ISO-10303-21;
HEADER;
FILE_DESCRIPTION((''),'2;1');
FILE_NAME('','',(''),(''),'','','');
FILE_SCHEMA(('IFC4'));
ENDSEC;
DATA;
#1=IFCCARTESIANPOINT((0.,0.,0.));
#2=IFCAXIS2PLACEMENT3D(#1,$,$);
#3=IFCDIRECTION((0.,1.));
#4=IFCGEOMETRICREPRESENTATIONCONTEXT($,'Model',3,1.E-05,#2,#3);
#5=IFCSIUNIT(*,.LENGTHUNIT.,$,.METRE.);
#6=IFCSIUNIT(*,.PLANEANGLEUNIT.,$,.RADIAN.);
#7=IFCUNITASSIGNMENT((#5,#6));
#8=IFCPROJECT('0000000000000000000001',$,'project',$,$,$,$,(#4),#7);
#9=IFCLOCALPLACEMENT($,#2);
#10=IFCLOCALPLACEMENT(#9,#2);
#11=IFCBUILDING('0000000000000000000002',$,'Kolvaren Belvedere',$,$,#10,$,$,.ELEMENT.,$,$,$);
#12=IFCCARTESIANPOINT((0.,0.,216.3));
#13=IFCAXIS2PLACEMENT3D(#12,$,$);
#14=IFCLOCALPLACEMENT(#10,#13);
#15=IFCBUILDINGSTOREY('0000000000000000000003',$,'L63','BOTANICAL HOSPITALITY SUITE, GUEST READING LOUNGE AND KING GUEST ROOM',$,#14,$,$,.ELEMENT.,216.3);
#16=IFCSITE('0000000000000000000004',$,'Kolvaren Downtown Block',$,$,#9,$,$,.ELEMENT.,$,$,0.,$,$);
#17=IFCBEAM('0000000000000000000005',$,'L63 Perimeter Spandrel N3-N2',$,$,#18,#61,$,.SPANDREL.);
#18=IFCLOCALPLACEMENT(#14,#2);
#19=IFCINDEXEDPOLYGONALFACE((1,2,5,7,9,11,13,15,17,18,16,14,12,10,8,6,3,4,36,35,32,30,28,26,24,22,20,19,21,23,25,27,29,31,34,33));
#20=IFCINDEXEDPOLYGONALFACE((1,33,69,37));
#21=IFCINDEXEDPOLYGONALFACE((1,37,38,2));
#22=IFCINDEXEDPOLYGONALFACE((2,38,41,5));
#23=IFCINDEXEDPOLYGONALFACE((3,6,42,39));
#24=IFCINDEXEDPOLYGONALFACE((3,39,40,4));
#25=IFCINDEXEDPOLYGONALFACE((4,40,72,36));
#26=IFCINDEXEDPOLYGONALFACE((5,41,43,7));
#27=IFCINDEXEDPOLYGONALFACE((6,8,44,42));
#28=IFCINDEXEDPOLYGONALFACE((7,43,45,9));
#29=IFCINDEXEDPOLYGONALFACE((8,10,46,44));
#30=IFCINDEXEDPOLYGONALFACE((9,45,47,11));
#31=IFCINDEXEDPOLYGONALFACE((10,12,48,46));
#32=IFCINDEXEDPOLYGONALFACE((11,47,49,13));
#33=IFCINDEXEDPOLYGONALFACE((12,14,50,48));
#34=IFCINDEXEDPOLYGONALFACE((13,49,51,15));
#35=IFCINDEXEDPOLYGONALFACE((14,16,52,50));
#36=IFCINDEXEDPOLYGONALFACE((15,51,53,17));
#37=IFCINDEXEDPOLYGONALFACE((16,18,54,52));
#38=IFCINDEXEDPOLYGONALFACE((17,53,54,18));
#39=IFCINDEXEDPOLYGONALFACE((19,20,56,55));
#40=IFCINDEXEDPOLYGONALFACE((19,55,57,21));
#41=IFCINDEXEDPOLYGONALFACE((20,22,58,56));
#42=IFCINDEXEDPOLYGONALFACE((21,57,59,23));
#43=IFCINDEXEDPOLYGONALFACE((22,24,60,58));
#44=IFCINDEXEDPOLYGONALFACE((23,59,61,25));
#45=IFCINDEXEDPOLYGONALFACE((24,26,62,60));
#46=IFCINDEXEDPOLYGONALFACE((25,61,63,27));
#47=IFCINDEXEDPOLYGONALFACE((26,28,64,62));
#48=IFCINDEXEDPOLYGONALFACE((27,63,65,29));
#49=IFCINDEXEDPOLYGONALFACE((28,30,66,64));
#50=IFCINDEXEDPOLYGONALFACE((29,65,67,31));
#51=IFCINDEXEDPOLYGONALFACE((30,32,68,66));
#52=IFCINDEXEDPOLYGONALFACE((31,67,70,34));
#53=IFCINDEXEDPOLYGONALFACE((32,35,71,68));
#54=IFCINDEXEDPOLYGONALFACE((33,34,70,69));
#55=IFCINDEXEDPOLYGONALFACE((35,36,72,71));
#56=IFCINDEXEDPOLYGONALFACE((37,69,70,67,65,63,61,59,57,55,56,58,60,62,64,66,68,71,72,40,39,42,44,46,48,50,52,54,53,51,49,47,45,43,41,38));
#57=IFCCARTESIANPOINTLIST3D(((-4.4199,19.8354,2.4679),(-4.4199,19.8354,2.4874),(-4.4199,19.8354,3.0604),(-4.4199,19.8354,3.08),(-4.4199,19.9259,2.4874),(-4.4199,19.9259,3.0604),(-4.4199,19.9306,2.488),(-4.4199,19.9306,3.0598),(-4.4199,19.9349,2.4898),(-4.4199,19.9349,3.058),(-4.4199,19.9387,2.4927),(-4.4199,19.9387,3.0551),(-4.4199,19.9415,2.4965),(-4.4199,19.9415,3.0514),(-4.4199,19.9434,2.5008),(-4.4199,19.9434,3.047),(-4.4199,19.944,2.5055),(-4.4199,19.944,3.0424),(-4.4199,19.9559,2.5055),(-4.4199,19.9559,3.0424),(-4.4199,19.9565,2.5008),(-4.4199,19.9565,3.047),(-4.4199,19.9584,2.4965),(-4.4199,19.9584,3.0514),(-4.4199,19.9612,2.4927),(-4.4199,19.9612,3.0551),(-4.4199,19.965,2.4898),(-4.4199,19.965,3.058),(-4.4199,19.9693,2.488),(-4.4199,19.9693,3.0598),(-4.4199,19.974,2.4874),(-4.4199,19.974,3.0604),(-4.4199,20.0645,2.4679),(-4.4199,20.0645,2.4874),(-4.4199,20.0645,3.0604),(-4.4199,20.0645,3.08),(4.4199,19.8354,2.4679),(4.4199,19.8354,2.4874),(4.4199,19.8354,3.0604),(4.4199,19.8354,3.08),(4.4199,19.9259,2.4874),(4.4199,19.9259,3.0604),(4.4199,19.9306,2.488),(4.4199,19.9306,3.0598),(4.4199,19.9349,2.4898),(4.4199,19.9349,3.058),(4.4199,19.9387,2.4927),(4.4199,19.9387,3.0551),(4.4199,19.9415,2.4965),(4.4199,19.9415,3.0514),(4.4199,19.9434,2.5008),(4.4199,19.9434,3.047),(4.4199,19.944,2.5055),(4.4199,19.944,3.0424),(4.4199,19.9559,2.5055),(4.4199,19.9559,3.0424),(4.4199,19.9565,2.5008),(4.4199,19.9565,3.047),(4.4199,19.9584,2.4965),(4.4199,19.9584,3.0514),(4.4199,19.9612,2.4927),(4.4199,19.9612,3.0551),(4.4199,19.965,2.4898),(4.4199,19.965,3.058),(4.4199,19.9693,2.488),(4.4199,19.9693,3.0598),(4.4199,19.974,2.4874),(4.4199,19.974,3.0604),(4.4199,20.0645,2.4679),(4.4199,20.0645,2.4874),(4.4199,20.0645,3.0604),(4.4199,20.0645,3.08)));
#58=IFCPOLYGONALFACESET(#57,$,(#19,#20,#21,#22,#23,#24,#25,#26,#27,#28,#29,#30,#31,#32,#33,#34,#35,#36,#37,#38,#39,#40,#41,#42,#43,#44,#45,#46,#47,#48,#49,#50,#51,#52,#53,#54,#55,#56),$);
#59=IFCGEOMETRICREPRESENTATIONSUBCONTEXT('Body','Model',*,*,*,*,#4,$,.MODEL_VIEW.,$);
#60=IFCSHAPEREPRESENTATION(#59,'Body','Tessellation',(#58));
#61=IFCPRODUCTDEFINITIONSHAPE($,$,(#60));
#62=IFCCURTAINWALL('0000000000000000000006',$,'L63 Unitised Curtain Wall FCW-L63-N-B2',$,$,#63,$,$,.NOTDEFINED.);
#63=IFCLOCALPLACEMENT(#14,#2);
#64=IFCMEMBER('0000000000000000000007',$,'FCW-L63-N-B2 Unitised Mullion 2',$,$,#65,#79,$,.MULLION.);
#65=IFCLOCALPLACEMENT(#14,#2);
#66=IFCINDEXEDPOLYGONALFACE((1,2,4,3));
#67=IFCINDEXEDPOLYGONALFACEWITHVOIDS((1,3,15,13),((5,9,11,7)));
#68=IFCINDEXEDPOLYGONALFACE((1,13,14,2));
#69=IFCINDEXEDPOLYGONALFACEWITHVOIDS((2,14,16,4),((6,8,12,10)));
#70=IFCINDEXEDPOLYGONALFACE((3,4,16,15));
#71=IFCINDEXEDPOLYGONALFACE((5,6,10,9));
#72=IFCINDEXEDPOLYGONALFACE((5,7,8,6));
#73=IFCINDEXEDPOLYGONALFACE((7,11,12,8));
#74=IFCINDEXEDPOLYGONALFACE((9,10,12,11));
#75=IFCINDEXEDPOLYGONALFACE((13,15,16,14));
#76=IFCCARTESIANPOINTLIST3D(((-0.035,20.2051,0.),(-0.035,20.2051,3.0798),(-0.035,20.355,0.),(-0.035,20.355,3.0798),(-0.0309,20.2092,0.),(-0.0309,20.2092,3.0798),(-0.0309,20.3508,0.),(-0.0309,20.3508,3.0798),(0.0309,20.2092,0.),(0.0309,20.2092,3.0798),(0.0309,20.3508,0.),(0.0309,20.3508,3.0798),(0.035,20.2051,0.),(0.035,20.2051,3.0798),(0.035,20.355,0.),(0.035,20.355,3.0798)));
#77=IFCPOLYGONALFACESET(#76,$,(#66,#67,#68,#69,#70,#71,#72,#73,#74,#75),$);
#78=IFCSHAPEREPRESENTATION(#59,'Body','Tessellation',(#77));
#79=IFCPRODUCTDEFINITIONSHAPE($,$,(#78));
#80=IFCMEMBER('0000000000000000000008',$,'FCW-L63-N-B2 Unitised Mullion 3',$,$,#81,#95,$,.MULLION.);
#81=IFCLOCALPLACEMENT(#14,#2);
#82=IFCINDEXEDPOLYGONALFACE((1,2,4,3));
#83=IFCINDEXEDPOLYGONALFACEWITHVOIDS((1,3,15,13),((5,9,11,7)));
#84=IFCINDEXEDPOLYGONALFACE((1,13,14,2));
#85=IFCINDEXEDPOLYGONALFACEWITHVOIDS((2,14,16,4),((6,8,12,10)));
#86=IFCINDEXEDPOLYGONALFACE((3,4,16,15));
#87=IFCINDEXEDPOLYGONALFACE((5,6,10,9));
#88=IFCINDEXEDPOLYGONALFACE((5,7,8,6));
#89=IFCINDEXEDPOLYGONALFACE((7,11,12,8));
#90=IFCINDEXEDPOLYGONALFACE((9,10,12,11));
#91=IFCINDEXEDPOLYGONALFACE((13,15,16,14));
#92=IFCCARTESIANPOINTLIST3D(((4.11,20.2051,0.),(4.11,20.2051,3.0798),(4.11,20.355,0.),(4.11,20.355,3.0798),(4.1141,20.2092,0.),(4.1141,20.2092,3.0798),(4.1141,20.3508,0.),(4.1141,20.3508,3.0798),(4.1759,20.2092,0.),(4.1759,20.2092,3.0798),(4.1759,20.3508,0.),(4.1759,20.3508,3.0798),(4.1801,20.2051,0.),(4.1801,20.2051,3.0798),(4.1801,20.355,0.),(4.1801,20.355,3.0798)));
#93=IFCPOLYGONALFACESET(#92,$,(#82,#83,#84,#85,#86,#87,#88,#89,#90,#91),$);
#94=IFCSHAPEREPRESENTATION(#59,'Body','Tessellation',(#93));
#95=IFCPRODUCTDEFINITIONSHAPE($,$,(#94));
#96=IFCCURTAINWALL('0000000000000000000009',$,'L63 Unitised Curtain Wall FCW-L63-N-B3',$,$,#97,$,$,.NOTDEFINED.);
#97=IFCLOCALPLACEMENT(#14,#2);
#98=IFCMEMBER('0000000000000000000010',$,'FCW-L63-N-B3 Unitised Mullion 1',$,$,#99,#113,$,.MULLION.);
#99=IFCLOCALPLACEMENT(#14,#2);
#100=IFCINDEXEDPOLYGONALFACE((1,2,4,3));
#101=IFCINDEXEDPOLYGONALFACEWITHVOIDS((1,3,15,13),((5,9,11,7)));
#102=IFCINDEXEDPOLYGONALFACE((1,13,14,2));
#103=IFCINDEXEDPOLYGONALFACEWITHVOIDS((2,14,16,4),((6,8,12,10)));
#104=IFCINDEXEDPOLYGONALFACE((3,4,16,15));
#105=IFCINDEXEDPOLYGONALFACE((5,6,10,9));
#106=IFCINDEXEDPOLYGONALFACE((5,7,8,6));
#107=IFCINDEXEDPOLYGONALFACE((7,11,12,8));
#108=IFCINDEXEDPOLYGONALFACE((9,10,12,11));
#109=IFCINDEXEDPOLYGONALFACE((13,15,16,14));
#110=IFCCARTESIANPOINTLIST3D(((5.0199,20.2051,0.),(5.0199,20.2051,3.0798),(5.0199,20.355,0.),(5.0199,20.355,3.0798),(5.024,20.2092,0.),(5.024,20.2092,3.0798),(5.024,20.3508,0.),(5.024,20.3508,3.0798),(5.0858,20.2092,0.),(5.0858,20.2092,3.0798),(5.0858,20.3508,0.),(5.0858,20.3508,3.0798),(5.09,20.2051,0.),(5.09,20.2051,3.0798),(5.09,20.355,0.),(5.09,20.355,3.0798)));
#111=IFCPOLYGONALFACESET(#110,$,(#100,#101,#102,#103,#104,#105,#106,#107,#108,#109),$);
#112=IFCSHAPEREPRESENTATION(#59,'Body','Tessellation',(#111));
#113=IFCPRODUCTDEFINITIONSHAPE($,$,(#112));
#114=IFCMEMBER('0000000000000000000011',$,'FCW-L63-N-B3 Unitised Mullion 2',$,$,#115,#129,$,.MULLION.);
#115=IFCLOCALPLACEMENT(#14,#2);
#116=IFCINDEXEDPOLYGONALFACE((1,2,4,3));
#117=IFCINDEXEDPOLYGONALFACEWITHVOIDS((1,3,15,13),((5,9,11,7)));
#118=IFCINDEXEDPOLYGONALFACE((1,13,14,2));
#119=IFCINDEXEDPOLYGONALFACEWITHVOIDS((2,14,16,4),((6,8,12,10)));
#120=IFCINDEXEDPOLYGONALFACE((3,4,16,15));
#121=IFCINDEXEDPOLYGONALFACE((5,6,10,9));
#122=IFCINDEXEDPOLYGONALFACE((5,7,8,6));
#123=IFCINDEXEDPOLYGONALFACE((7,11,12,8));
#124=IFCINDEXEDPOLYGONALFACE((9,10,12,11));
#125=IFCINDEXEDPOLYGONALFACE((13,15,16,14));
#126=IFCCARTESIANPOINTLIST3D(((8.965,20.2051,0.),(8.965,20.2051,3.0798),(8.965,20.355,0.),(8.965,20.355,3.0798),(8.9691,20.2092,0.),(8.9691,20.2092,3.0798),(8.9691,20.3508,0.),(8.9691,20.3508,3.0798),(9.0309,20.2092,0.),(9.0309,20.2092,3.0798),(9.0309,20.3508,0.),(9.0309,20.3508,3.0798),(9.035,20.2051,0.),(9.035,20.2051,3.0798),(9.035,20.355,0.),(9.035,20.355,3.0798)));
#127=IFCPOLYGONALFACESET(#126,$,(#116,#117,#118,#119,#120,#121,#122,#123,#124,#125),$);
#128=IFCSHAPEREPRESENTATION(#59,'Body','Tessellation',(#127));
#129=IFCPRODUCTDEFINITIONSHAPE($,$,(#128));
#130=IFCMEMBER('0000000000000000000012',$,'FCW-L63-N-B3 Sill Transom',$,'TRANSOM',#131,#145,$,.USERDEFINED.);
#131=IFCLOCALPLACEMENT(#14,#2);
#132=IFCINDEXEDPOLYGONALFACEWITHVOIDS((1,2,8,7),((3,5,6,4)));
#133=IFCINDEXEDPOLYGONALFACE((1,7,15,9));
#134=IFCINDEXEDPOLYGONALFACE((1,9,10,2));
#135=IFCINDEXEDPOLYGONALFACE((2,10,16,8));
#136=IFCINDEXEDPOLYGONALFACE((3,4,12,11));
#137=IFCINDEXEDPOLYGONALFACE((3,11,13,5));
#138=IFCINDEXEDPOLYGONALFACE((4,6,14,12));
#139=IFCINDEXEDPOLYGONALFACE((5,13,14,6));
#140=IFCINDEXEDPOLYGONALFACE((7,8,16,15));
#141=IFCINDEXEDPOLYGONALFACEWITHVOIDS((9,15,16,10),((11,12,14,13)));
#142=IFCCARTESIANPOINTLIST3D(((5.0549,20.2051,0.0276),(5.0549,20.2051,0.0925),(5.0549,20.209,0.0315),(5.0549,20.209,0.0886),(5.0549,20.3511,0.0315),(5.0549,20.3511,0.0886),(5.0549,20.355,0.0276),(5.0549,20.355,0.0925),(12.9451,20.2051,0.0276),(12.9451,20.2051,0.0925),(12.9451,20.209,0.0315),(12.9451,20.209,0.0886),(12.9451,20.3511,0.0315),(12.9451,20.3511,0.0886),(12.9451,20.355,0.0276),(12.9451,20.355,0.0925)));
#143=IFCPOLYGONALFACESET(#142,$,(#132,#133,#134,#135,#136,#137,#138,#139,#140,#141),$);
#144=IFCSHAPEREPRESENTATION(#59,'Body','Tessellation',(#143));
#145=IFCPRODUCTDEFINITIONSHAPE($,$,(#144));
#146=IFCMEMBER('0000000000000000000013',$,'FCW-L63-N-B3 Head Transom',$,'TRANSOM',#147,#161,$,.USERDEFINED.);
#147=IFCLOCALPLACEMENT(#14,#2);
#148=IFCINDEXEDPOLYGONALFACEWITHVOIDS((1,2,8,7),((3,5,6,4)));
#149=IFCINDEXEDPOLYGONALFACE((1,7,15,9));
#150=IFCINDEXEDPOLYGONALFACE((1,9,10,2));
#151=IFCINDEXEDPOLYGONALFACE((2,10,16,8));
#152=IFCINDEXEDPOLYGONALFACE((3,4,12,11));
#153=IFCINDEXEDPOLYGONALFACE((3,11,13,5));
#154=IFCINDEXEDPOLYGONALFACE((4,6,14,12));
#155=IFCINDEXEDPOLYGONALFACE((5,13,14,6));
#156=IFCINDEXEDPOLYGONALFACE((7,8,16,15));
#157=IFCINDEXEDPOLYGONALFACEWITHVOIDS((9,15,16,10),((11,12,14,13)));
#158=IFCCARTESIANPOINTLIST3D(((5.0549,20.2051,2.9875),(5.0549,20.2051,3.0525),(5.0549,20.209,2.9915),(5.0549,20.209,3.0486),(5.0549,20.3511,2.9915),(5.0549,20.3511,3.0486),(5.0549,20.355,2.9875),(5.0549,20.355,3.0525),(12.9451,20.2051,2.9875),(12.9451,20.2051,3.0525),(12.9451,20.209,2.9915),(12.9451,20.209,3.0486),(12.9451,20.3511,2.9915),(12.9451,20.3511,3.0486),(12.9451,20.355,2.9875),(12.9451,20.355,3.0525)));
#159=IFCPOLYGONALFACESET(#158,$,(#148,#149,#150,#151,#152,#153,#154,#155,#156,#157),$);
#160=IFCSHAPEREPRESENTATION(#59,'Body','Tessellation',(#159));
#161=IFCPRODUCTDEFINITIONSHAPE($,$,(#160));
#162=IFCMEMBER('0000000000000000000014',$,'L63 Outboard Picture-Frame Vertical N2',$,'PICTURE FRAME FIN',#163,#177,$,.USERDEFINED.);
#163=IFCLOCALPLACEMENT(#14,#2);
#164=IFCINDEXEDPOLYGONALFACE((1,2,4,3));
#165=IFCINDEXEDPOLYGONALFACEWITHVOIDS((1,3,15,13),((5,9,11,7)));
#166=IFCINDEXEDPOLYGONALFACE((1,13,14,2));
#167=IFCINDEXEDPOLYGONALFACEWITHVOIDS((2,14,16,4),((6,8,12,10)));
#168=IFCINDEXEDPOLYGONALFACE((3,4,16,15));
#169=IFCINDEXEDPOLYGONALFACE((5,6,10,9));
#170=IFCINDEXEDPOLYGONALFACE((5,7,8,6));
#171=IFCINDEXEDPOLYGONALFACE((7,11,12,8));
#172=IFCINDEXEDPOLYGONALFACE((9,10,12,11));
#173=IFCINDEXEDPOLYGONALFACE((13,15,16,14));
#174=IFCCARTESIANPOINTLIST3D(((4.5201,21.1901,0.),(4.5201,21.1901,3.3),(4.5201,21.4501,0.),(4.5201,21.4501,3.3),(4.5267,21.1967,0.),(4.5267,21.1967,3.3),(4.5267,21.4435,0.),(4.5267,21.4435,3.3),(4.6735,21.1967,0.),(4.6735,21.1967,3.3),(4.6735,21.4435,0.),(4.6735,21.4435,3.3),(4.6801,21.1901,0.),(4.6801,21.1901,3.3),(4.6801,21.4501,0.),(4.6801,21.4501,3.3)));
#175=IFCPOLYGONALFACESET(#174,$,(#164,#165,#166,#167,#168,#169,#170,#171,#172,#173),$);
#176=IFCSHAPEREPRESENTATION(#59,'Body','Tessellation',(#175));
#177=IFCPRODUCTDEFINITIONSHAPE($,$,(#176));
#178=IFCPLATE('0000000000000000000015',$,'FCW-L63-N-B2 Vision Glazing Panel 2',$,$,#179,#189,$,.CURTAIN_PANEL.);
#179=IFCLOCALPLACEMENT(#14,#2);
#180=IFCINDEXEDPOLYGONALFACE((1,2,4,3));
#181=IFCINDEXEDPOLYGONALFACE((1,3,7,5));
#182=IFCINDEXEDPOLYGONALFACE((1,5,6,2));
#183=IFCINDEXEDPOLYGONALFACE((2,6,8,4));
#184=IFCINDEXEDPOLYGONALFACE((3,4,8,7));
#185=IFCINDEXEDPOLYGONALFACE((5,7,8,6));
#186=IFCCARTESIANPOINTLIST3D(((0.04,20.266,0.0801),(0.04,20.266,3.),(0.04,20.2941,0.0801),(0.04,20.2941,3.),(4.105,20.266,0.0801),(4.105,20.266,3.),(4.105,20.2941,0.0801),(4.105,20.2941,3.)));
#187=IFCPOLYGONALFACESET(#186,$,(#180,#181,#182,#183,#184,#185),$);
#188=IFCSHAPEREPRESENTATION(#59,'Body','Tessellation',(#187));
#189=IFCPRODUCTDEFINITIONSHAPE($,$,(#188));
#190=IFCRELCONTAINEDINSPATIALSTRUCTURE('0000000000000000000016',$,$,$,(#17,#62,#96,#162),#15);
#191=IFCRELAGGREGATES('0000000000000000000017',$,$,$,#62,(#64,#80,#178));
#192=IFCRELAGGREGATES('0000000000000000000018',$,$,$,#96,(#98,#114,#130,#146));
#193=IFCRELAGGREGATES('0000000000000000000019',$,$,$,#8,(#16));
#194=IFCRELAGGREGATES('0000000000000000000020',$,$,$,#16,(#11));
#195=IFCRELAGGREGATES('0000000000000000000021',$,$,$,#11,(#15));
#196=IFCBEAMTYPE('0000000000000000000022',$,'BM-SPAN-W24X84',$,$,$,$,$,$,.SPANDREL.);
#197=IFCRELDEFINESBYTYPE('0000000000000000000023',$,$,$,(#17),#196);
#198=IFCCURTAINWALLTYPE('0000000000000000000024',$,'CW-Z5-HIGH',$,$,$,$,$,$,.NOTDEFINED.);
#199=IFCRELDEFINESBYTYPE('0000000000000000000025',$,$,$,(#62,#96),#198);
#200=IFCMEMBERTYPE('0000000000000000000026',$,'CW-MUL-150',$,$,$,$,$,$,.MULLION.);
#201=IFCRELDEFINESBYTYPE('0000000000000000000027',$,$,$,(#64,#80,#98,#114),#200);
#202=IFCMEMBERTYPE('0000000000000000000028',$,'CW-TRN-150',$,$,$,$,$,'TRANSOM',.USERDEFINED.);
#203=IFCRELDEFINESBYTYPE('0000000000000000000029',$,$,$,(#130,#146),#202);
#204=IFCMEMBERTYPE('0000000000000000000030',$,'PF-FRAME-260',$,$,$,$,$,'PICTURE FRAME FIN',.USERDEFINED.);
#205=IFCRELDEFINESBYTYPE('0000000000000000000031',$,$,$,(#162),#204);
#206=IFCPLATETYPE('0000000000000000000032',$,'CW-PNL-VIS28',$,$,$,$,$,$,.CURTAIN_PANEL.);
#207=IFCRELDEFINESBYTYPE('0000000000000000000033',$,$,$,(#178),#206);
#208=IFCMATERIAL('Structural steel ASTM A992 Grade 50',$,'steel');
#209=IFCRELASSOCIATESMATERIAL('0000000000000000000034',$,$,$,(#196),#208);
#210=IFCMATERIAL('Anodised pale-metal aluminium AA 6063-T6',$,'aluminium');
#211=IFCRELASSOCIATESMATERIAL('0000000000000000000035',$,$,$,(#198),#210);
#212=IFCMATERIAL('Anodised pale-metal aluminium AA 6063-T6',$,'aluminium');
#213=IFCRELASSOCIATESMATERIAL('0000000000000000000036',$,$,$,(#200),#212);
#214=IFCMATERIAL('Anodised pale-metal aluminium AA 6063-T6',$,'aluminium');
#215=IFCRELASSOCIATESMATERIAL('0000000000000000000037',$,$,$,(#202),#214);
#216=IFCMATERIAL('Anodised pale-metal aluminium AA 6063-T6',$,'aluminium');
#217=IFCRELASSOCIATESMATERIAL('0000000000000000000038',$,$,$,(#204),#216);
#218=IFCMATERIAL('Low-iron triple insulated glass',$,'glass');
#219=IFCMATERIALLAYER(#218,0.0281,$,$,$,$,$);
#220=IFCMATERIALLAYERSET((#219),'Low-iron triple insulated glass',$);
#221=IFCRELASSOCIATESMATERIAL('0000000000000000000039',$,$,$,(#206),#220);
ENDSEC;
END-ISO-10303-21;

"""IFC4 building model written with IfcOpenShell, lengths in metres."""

from ifc_helpers import new_model, si_unit, direction, frame, origin, origin_2d, place, context, subcontext, project, spatial, rectangle, hollow_rectangle, i_section, extrude, material, layer, layer_set, material_profile, profile_set, type_object, element, aggregate, save


model = new_model("IFC4")

# Units and contexts
model_context = context("Model", 3, precision=1e-05, world=origin(), true_north=direction((0.0, 1.0)))
body_context = subcontext(model_context, "Body", "Model", "MODEL_VIEW")
ifc_project = project(units=[si_unit("LENGTHUNIT", "METRE"), si_unit("PLANEANGLEUNIT", "RADIAN")], contexts=[model_context])

# Site, building, storey
site_placement = place(None, origin())
site = spatial("IfcSite", under=ifc_project, at=site_placement, Name="Kolvaren Downtown Block", CompositionType="ELEMENT", RefElevation=0.0)
building_placement = place(site_placement, origin())
building = spatial("IfcBuilding", under=site, at=building_placement, Name="Kolvaren Belvedere", CompositionType="ELEMENT")
storey_placement = place(building_placement, frame((0.0, 0.0, 216.3)))
storey = spatial("IfcBuildingStorey", under=building, at=storey_placement, Name="L63", Description="BOTANICAL HOSPITALITY SUITE, GUEST READING LOUNGE AND KING GUEST ROOM", CompositionType="ELEMENT", Elevation=216.3)

# Beam
ifc_material_1 = material(Name="Structural steel ASTM A992 Grade 50", Category="steel")
ifc_material_profile_1 = material_profile(ifc_material_1, i_section(OverallWidth=0.229, OverallDepth=0.6121, WebThickness=0.012, FlangeThickness=0.0195, FilletRadius=0.0181, at=origin_2d()), Name="W24X84")
ifc_profile_set_1 = profile_set([ifc_material_profile_1], Name="Structural steel ASTM A992 Grade 50")
beam_type_1 = type_object("IfcBeamType", Name="BM-SPAN-W24X84", PredefinedType="SPANDREL", material=ifc_profile_set_1)
beam_1_placement = place(storey_placement, frame((4.4199, 19.95, 2.7739), z_axis=(-1.0, 0.0, 0.0), x_axis=(0.0, -1.0, 0.0)))
element("IfcBeam", 1, at=beam_1_placement, inside=storey, type_object=beam_type_1, Name="L63 Perimeter Spandrel N3-N2", PredefinedType="SPANDREL", context=body_context, shape_type="SweptSolid", body=[
    extrude(i_section(OverallWidth=0.229, OverallDepth=0.6121, WebThickness=0.012, FlangeThickness=0.0195, FilletRadius=0.0181, at=origin_2d()), origin(), (0.0, 0.0, 1.0), 8.8398),
])

# Curtain walls, members
ifc_material_2 = material(Name="Anodised pale-metal aluminium AA 6063-T6", Category="aluminium")
curtain_wall_type = type_object("IfcCurtainWallType", Name="CW-Z5-HIGH", PredefinedType="NOTDEFINED", material=ifc_material_2)
curtain_wall_1_placement = place(storey_placement, origin())
curtain_wall_1 = element("IfcCurtainWall", 2, at=curtain_wall_1_placement, inside=storey, type_object=curtain_wall_type, Name="L63 Unitised Curtain Wall FCW-L63-N-B2", PredefinedType="NOTDEFINED")
ifc_material_3 = material(Name="Anodised pale-metal aluminium AA 6063-T6", Category="aluminium")
ifc_material_profile_2 = material_profile(ifc_material_3, hollow_rectangle(XDim=0.0701, YDim=0.1499, WallThickness=0.0042, at=origin_2d()), Name="ALU-MUL-150X70")
ifc_profile_set_2 = profile_set([ifc_material_profile_2], Name="Anodised pale-metal aluminium AA 6063-T6")
member_type_1 = type_object("IfcMemberType", Name="CW-MUL-150", PredefinedType="MULLION", material=ifc_profile_set_2)
member_1_placement = place(storey_placement, frame((0.0, 20.28, 0.0), z_axis=(0.0, 0.0, 1.0), x_axis=(1.0, 0.0, 0.0)))
member_1 = element("IfcMember", 3, at=member_1_placement, type_object=member_type_1, Name="FCW-L63-N-B2 Unitised Mullion 2", PredefinedType="MULLION", context=body_context, shape_type="SweptSolid", body=[
    extrude(hollow_rectangle(XDim=0.0701, YDim=0.1499, WallThickness=0.0042, at=origin_2d()), origin(), (0.0, 0.0, 1.0), 3.0798),
])
member_2_placement = place(storey_placement, frame((4.145, 20.28, 0.0), z_axis=(0.0, 0.0, 1.0), x_axis=(1.0, 0.0, 0.0)))
member_2 = element("IfcMember", 4, at=member_2_placement, type_object=member_type_1, Name="FCW-L63-N-B2 Unitised Mullion 3", PredefinedType="MULLION", context=body_context, shape_type="SweptSolid", body=[
    extrude(hollow_rectangle(XDim=0.0701, YDim=0.1499, WallThickness=0.0042, at=origin_2d()), origin(), (0.0, 0.0, 1.0), 3.0798),
])
curtain_wall_2_placement = place(storey_placement, origin())
curtain_wall_2 = element("IfcCurtainWall", 5, at=curtain_wall_2_placement, inside=storey, type_object=curtain_wall_type, Name="L63 Unitised Curtain Wall FCW-L63-N-B3", PredefinedType="NOTDEFINED")
member_3_placement = place(storey_placement, frame((5.0549, 20.28, 0.0), z_axis=(0.0, 0.0, 1.0), x_axis=(1.0, 0.0, 0.0)))
member_3 = element("IfcMember", 6, at=member_3_placement, type_object=member_type_1, Name="FCW-L63-N-B3 Unitised Mullion 1", PredefinedType="MULLION", context=body_context, shape_type="SweptSolid", body=[
    extrude(hollow_rectangle(XDim=0.0701, YDim=0.1499, WallThickness=0.0042, at=origin_2d()), origin(), (0.0, 0.0, 1.0), 3.0798),
])
member_4_placement = place(storey_placement, frame((9.0, 20.28, 0.0), z_axis=(0.0, 0.0, 1.0), x_axis=(1.0, 0.0, 0.0)))
member_4 = element("IfcMember", 7, at=member_4_placement, type_object=member_type_1, Name="FCW-L63-N-B3 Unitised Mullion 2", PredefinedType="MULLION", context=body_context, shape_type="SweptSolid", body=[
    extrude(hollow_rectangle(XDim=0.0701, YDim=0.1499, WallThickness=0.0042, at=origin_2d()), origin(), (0.0, 0.0, 1.0), 3.0798),
])
ifc_material_4 = material(Name="Anodised pale-metal aluminium AA 6063-T6", Category="aluminium")
ifc_material_profile_3 = material_profile(ifc_material_4, hollow_rectangle(XDim=0.0649, YDim=0.1499, WallThickness=0.0039, at=origin_2d()), Name="ALU-TRN-150X65")
ifc_profile_set_3 = profile_set([ifc_material_profile_3], Name="Anodised pale-metal aluminium AA 6063-T6")
member_type_2 = type_object("IfcMemberType", Name="CW-TRN-150", ElementType="TRANSOM", PredefinedType="USERDEFINED", material=ifc_profile_set_3)
member_5_placement = place(storey_placement, frame((5.0549, 20.28, 0.0601), z_axis=(1.0, 0.0, 0.0), x_axis=(0.0, 0.0, 1.0)))
member_5 = element("IfcMember", 8, at=member_5_placement, type_object=member_type_2, Name="FCW-L63-N-B3 Sill Transom", ObjectType="TRANSOM", PredefinedType="USERDEFINED", context=body_context, shape_type="SweptSolid", body=[
    extrude(hollow_rectangle(XDim=0.0649, YDim=0.1499, WallThickness=0.0039, at=origin_2d()), origin(), (0.0, 0.0, 1.0), 7.8901),
])
member_6_placement = place(storey_placement, frame((5.0549, 20.28, 3.02), z_axis=(1.0, 0.0, 0.0), x_axis=(0.0, 0.0, 1.0)))
member_6 = element("IfcMember", 9, at=member_6_placement, type_object=member_type_2, Name="FCW-L63-N-B3 Head Transom", ObjectType="TRANSOM", PredefinedType="USERDEFINED", context=body_context, shape_type="SweptSolid", body=[
    extrude(hollow_rectangle(XDim=0.0649, YDim=0.1499, WallThickness=0.0039, at=origin_2d()), origin(), (0.0, 0.0, 1.0), 7.8901),
])

# Member
ifc_material_5 = material(Name="Anodised pale-metal aluminium AA 6063-T6", Category="aluminium")
ifc_material_profile_4 = material_profile(ifc_material_5, hollow_rectangle(XDim=0.1599, YDim=0.26, WallThickness=0.0066, at=origin_2d()), Name="ALU-PF-260X160")
ifc_profile_set_4 = profile_set([ifc_material_profile_4], Name="Anodised pale-metal aluminium AA 6063-T6")
member_type_3 = type_object("IfcMemberType", Name="PF-FRAME-260", ElementType="PICTURE FRAME FIN", PredefinedType="USERDEFINED", material=ifc_profile_set_4)
member_7_placement = place(storey_placement, frame((4.6001, 21.3201, 0.0), z_axis=(0.0, 0.0, 1.0), x_axis=(1.0, 0.0, 0.0)))
element("IfcMember", 10, at=member_7_placement, inside=storey, type_object=member_type_3, Name="L63 Outboard Picture-Frame Vertical N2", ObjectType="PICTURE FRAME FIN", PredefinedType="USERDEFINED", context=body_context, shape_type="SweptSolid", body=[
    extrude(hollow_rectangle(XDim=0.1599, YDim=0.26, WallThickness=0.0066, at=origin_2d()), origin(), (0.0, 0.0, 1.0), 3.3),
])

# Plate
ifc_material_6 = material(Name="Low-iron triple insulated glass", Category="glass")
ifc_layer_1 = layer(ifc_material_6, 0.0281)
ifc_layer_set_1 = layer_set([ifc_layer_1], Name="Low-iron triple insulated glass")
plate_type_1 = type_object("IfcPlateType", Name="CW-PNL-VIS28", PredefinedType="CURTAIN_PANEL", material=ifc_layer_set_1)
plate_1_placement = place(storey_placement, frame((2.0725, 20.28, 0.0801), z_axis=(0.0, 0.0, 1.0), x_axis=(1.0, 0.0, 0.0)))
plate_1 = element("IfcPlate", 11, at=plate_1_placement, type_object=plate_type_1, Name="FCW-L63-N-B2 Vision Glazing Panel 2", PredefinedType="CURTAIN_PANEL", context=body_context, shape_type="SweptSolid", body=[
    extrude(rectangle(XDim=4.0649, YDim=0.0281, at=origin_2d()), origin(), (0.0, 0.0, 1.0), 2.9199),
])
aggregate(curtain_wall_1, [member_1, member_2, plate_1])
aggregate(curtain_wall_2, [member_3, member_4, member_5, member_6])

save(model, "model.ifc")
